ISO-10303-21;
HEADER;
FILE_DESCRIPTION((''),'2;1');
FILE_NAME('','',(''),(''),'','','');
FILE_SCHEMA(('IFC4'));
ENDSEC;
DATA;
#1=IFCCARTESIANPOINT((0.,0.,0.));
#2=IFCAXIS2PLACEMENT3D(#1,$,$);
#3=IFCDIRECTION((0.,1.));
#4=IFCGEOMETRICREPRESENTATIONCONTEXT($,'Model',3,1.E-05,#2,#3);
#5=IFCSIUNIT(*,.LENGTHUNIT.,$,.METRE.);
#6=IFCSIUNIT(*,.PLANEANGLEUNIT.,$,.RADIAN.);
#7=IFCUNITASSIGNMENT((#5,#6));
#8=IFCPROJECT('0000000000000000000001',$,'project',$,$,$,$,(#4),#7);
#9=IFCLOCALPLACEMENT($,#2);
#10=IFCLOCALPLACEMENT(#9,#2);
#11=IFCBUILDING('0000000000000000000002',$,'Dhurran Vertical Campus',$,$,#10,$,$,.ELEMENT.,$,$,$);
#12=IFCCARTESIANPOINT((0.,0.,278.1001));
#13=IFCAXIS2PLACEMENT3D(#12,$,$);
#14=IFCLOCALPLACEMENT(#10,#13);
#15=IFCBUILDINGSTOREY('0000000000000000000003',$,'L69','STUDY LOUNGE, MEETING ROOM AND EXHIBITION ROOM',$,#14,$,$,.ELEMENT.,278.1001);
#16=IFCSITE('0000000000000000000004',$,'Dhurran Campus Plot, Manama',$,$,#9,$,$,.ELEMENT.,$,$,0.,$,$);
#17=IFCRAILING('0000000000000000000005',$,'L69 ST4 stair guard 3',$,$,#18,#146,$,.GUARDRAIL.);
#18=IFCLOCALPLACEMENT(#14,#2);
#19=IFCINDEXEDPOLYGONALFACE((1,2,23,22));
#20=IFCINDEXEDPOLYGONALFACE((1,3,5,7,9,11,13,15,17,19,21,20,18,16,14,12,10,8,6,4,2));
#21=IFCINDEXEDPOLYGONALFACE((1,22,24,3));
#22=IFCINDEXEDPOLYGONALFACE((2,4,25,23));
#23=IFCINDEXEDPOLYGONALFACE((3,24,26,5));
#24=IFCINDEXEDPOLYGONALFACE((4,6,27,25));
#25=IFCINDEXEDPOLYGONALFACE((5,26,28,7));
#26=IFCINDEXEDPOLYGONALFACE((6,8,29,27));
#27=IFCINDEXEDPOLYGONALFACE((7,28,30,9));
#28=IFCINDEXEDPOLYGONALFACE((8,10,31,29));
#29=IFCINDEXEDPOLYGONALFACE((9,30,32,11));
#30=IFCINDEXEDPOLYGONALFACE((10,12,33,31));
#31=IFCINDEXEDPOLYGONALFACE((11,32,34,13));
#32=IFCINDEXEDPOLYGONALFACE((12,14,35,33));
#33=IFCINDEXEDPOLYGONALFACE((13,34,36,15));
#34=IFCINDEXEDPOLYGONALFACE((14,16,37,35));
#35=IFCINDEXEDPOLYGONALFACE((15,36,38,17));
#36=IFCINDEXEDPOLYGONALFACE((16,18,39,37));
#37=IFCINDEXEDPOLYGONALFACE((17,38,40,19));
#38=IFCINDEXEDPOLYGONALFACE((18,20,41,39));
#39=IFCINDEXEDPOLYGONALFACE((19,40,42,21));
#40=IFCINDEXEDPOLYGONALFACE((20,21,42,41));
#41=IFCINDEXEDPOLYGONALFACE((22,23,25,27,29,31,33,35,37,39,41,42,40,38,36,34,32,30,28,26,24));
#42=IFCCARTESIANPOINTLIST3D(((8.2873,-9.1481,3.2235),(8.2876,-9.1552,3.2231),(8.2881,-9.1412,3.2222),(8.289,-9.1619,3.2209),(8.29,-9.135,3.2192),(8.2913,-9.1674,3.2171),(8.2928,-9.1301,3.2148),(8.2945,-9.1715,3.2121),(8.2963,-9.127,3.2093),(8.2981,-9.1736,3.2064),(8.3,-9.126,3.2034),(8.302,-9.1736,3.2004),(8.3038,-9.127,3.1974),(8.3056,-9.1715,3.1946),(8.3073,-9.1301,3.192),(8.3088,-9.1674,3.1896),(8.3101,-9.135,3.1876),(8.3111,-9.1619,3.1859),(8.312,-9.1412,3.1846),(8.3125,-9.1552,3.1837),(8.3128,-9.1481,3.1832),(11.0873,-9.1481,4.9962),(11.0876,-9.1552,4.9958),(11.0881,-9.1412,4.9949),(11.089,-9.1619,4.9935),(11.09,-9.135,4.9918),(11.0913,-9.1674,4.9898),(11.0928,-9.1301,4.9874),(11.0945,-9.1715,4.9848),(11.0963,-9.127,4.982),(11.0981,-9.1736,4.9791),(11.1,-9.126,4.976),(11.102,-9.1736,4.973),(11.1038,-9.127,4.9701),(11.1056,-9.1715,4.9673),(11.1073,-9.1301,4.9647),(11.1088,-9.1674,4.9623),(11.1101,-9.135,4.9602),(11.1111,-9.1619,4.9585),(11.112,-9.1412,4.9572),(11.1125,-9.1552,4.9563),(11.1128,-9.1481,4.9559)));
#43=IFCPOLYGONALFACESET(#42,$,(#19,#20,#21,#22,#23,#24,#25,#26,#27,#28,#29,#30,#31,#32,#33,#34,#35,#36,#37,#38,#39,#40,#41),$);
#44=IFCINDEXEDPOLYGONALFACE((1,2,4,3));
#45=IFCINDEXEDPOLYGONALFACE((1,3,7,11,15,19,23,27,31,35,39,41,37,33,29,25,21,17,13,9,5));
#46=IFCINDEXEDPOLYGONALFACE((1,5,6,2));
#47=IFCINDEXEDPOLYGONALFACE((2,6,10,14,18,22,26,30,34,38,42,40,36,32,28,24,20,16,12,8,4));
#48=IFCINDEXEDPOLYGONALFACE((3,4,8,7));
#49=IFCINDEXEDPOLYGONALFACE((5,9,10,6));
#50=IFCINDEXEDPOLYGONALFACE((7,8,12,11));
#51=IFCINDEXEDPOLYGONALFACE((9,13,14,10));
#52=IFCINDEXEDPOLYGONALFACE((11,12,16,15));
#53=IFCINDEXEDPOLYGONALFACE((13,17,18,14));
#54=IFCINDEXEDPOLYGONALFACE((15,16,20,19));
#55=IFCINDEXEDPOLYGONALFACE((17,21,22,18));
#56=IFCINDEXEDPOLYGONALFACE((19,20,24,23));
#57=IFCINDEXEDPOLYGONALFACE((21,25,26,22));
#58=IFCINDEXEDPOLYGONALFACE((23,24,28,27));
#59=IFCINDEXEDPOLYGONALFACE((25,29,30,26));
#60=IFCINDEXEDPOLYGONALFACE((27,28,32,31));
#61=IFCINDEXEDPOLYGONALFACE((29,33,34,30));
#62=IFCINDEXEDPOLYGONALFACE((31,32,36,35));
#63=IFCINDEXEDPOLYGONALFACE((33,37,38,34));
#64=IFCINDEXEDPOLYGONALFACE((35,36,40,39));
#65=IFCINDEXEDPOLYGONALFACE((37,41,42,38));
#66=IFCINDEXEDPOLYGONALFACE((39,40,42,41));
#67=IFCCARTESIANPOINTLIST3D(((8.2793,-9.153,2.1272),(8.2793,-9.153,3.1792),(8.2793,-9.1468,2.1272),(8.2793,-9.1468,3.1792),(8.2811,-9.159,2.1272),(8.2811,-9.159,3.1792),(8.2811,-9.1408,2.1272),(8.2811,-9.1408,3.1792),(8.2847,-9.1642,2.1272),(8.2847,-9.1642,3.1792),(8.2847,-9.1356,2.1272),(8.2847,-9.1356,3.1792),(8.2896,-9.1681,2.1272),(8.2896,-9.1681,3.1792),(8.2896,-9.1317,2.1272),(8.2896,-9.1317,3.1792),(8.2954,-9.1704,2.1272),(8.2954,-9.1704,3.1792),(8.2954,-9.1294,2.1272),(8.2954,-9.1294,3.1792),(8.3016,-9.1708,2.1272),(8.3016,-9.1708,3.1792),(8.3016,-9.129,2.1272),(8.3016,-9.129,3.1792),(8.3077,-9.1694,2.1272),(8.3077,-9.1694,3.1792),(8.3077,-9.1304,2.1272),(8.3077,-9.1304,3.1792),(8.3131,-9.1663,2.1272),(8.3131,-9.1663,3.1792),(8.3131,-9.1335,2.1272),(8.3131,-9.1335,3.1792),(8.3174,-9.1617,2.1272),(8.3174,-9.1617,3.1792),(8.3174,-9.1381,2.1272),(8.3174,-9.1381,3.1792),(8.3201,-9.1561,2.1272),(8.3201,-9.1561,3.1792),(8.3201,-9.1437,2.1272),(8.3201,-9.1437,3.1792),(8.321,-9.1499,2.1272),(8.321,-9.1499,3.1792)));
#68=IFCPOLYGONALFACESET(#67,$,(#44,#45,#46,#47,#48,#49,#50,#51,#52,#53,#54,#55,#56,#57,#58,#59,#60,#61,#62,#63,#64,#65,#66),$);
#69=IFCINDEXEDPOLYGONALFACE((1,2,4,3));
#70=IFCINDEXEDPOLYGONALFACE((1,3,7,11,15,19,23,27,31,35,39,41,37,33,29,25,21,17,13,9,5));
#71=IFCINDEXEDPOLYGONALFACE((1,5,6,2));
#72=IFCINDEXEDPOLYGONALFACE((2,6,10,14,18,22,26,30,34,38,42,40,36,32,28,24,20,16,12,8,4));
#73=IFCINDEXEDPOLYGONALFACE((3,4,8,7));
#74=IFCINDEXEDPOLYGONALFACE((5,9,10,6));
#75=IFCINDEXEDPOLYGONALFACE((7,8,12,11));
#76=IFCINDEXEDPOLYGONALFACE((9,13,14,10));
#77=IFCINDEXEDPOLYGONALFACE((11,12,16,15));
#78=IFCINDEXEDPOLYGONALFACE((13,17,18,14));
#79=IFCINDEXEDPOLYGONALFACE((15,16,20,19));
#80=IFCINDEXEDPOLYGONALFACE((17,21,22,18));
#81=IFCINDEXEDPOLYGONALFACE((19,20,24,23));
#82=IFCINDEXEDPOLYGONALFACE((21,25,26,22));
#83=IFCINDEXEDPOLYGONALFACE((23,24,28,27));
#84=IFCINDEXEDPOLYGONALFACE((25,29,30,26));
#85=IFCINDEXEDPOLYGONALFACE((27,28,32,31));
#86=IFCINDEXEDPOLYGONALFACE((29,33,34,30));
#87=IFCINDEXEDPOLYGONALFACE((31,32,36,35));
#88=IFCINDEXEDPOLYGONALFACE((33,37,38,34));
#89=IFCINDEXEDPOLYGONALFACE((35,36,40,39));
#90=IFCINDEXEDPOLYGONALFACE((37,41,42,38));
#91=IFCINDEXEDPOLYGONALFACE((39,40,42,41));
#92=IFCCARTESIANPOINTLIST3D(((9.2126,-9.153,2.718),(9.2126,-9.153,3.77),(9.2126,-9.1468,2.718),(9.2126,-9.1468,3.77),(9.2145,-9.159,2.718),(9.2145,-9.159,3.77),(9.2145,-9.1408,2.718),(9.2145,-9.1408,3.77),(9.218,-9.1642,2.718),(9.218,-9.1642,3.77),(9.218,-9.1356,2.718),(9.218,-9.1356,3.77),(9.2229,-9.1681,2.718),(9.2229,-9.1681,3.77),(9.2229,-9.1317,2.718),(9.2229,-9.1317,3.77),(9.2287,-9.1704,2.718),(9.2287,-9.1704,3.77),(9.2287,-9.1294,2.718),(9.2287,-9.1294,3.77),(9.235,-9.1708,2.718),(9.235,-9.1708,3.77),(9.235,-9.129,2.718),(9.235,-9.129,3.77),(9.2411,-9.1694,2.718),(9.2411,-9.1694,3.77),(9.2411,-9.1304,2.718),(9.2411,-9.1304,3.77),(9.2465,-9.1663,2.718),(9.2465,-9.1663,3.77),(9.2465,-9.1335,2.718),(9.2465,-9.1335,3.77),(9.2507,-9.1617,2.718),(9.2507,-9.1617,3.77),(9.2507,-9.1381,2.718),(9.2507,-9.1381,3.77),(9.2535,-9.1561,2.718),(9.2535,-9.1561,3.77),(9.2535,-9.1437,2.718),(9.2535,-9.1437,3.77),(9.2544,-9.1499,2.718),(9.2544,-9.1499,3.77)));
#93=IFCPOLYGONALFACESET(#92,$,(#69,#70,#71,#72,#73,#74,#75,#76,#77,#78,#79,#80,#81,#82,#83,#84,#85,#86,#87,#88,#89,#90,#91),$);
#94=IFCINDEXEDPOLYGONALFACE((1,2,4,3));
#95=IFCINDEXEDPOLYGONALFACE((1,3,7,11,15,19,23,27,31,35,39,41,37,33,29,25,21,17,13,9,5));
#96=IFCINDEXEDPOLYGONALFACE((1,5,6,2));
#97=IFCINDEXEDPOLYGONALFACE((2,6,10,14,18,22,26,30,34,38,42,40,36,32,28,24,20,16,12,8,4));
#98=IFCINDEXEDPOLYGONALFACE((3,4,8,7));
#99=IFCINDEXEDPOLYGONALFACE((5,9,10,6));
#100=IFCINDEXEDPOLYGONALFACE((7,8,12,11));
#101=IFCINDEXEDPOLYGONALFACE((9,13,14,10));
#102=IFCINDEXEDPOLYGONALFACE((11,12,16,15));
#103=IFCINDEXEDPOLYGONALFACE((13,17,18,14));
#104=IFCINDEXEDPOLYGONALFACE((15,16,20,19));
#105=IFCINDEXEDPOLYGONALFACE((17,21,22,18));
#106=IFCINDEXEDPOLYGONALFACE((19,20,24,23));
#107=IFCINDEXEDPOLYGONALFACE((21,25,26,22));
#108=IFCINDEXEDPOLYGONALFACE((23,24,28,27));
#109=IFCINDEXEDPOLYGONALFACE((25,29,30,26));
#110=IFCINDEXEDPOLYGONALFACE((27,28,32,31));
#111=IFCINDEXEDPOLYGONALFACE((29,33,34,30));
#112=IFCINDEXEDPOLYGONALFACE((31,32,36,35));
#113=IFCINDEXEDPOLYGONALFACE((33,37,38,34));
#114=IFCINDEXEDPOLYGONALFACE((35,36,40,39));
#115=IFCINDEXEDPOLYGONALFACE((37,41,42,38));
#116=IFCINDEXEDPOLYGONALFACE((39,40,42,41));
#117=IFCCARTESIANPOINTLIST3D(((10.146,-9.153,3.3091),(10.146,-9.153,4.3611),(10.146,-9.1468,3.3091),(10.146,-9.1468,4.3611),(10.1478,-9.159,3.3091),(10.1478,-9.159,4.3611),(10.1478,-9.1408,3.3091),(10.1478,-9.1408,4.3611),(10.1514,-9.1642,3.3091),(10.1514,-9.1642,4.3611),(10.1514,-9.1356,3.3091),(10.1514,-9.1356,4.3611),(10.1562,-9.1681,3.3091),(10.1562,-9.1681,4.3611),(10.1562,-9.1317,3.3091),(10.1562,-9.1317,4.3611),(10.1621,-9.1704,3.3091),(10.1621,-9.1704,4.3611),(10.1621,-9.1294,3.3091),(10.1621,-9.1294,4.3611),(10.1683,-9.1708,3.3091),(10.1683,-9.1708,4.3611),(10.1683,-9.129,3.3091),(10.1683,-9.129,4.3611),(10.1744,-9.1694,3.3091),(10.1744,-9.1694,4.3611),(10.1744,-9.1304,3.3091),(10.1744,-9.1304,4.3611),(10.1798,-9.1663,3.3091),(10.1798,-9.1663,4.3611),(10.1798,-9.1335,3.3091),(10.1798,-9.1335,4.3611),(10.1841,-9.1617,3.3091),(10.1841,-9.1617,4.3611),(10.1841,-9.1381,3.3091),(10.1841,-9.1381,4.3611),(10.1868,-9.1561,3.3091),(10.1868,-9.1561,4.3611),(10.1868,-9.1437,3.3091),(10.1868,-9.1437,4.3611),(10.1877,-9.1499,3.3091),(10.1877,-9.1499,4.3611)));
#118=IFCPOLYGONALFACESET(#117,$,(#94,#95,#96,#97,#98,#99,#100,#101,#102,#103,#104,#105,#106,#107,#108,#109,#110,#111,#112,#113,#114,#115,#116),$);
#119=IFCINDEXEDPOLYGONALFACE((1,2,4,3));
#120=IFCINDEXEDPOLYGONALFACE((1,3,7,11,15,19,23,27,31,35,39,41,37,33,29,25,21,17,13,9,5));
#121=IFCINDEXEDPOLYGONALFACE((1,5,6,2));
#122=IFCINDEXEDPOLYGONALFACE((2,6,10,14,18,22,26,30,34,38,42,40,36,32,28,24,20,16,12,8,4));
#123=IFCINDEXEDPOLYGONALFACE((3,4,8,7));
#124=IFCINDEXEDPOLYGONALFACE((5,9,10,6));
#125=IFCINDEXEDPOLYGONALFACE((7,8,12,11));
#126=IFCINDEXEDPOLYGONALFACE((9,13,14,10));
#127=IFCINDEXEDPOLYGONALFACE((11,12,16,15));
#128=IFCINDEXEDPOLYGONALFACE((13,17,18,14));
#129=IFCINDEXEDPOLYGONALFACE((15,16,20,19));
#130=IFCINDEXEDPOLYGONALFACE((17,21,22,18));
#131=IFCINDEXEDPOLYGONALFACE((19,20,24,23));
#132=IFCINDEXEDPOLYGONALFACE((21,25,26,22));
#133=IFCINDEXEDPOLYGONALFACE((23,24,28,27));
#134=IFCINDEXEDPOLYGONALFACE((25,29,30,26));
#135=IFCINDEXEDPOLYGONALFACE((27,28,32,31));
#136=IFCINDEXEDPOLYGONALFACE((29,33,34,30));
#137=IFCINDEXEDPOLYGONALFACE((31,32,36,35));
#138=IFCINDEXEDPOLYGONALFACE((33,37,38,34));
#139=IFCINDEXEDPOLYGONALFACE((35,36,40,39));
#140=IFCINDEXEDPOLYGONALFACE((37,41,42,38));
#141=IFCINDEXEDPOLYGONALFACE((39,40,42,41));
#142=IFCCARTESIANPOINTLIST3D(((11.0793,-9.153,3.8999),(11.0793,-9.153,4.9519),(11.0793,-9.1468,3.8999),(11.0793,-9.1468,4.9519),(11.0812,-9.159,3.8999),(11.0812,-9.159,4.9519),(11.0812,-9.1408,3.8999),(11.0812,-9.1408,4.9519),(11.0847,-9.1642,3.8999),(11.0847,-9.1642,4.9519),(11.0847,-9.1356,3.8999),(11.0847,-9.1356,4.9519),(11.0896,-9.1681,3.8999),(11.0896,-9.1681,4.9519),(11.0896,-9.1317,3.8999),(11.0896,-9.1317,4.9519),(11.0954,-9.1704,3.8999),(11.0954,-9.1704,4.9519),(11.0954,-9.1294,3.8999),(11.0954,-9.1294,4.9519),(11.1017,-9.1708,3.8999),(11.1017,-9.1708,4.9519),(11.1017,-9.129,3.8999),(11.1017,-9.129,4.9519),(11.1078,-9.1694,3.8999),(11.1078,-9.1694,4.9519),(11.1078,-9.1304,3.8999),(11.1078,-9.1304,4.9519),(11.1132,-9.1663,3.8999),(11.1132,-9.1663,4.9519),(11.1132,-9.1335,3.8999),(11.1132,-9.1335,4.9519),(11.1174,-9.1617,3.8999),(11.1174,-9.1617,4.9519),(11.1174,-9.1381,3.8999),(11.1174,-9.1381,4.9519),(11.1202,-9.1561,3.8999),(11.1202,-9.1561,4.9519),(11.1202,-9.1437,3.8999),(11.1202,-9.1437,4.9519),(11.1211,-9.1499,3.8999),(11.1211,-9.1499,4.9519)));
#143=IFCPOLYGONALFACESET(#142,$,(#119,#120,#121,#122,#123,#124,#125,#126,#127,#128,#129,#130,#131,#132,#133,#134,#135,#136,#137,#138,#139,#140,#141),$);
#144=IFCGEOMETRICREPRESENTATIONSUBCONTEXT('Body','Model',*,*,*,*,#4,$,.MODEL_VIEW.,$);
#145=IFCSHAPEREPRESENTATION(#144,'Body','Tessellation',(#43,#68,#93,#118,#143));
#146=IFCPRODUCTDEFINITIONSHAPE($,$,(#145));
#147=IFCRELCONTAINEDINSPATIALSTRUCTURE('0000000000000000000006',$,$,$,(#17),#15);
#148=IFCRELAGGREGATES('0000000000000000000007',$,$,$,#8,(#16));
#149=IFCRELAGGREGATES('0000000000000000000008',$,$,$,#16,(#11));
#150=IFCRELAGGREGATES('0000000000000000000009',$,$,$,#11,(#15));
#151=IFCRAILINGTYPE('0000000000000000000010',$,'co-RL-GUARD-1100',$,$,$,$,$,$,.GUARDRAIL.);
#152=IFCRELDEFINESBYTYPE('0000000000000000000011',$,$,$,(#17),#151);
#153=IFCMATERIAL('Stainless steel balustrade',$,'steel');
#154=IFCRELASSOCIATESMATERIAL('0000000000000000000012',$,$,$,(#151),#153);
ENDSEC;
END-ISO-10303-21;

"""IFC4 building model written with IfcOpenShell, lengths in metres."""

from ifc_helpers import new_model, si_unit, direction, frame, origin, origin_2d, place, context, subcontext, project, spatial, circle, extrude, material, type_object, element, save


model = new_model("IFC4")

# Units and contexts
model_context = context("Model", 3, precision=1e-05, world=origin(), true_north=direction((0.0, 1.0)))
body_context = subcontext(model_context, "Body", "Model", "MODEL_VIEW")
ifc_project = project(units=[si_unit("LENGTHUNIT", "METRE"), si_unit("PLANEANGLEUNIT", "RADIAN")], contexts=[model_context])

# Site, building, storey
site_placement = place(None, origin())
site = spatial("IfcSite", under=ifc_project, at=site_placement, Name="Dhurran Campus Plot, Manama", CompositionType="ELEMENT", RefElevation=0.0)
building_placement = place(site_placement, origin())
building = spatial("IfcBuilding", under=site, at=building_placement, Name="Dhurran Vertical Campus", CompositionType="ELEMENT")
storey_placement = place(building_placement, frame((0.0, 0.0, 278.1001)))
storey = spatial("IfcBuildingStorey", under=building, at=storey_placement, Name="L69", Description="STUDY LOUNGE, MEETING ROOM AND EXHIBITION ROOM", CompositionType="ELEMENT", Elevation=278.1001)

# Railing
ifc_material_1 = material(Name="Stainless steel balustrade", Category="steel")
railing_type_1 = type_object("IfcRailingType", Name="co-RL-GUARD-1100", PredefinedType="GUARDRAIL", material=ifc_material_1)
railing_1_placement = place(storey_placement, frame((8.3, -9.1499, 2.1272)))
element("IfcRailing", 1, at=railing_1_placement, inside=storey, type_object=railing_type_1, Name="L69 ST4 stair guard 3", PredefinedType="GUARDRAIL", context=body_context, shape_type="SweptSolid", body=[
    extrude(circle(Radius=0.0239, at=origin_2d()), frame((0.0, 0.0, 1.0762), z_axis=(0.844909, 0.0, 0.53491), x_axis=(0.0, 1.0, 0.0)), (0.0, 0.0, 1.0), 3.314),
    extrude(circle(Radius=0.021, at=origin_2d()), origin(), (0.0, 0.0, 1.0), 1.052),
    extrude(circle(Radius=0.021, at=origin_2d()), frame((0.9333, 0.0, 0.5908)), (0.0, 0.0, 1.0), 1.052),
    extrude(circle(Radius=0.021, at=origin_2d()), frame((1.8667, 0.0, 1.1819)), (0.0, 0.0, 1.0), 1.052),
    extrude(circle(Radius=0.021, at=origin_2d()), frame((2.8, 0.0, 1.7727)), (0.0, 0.0, 1.0), 1.052),
])

save(model, "model.ifc")
